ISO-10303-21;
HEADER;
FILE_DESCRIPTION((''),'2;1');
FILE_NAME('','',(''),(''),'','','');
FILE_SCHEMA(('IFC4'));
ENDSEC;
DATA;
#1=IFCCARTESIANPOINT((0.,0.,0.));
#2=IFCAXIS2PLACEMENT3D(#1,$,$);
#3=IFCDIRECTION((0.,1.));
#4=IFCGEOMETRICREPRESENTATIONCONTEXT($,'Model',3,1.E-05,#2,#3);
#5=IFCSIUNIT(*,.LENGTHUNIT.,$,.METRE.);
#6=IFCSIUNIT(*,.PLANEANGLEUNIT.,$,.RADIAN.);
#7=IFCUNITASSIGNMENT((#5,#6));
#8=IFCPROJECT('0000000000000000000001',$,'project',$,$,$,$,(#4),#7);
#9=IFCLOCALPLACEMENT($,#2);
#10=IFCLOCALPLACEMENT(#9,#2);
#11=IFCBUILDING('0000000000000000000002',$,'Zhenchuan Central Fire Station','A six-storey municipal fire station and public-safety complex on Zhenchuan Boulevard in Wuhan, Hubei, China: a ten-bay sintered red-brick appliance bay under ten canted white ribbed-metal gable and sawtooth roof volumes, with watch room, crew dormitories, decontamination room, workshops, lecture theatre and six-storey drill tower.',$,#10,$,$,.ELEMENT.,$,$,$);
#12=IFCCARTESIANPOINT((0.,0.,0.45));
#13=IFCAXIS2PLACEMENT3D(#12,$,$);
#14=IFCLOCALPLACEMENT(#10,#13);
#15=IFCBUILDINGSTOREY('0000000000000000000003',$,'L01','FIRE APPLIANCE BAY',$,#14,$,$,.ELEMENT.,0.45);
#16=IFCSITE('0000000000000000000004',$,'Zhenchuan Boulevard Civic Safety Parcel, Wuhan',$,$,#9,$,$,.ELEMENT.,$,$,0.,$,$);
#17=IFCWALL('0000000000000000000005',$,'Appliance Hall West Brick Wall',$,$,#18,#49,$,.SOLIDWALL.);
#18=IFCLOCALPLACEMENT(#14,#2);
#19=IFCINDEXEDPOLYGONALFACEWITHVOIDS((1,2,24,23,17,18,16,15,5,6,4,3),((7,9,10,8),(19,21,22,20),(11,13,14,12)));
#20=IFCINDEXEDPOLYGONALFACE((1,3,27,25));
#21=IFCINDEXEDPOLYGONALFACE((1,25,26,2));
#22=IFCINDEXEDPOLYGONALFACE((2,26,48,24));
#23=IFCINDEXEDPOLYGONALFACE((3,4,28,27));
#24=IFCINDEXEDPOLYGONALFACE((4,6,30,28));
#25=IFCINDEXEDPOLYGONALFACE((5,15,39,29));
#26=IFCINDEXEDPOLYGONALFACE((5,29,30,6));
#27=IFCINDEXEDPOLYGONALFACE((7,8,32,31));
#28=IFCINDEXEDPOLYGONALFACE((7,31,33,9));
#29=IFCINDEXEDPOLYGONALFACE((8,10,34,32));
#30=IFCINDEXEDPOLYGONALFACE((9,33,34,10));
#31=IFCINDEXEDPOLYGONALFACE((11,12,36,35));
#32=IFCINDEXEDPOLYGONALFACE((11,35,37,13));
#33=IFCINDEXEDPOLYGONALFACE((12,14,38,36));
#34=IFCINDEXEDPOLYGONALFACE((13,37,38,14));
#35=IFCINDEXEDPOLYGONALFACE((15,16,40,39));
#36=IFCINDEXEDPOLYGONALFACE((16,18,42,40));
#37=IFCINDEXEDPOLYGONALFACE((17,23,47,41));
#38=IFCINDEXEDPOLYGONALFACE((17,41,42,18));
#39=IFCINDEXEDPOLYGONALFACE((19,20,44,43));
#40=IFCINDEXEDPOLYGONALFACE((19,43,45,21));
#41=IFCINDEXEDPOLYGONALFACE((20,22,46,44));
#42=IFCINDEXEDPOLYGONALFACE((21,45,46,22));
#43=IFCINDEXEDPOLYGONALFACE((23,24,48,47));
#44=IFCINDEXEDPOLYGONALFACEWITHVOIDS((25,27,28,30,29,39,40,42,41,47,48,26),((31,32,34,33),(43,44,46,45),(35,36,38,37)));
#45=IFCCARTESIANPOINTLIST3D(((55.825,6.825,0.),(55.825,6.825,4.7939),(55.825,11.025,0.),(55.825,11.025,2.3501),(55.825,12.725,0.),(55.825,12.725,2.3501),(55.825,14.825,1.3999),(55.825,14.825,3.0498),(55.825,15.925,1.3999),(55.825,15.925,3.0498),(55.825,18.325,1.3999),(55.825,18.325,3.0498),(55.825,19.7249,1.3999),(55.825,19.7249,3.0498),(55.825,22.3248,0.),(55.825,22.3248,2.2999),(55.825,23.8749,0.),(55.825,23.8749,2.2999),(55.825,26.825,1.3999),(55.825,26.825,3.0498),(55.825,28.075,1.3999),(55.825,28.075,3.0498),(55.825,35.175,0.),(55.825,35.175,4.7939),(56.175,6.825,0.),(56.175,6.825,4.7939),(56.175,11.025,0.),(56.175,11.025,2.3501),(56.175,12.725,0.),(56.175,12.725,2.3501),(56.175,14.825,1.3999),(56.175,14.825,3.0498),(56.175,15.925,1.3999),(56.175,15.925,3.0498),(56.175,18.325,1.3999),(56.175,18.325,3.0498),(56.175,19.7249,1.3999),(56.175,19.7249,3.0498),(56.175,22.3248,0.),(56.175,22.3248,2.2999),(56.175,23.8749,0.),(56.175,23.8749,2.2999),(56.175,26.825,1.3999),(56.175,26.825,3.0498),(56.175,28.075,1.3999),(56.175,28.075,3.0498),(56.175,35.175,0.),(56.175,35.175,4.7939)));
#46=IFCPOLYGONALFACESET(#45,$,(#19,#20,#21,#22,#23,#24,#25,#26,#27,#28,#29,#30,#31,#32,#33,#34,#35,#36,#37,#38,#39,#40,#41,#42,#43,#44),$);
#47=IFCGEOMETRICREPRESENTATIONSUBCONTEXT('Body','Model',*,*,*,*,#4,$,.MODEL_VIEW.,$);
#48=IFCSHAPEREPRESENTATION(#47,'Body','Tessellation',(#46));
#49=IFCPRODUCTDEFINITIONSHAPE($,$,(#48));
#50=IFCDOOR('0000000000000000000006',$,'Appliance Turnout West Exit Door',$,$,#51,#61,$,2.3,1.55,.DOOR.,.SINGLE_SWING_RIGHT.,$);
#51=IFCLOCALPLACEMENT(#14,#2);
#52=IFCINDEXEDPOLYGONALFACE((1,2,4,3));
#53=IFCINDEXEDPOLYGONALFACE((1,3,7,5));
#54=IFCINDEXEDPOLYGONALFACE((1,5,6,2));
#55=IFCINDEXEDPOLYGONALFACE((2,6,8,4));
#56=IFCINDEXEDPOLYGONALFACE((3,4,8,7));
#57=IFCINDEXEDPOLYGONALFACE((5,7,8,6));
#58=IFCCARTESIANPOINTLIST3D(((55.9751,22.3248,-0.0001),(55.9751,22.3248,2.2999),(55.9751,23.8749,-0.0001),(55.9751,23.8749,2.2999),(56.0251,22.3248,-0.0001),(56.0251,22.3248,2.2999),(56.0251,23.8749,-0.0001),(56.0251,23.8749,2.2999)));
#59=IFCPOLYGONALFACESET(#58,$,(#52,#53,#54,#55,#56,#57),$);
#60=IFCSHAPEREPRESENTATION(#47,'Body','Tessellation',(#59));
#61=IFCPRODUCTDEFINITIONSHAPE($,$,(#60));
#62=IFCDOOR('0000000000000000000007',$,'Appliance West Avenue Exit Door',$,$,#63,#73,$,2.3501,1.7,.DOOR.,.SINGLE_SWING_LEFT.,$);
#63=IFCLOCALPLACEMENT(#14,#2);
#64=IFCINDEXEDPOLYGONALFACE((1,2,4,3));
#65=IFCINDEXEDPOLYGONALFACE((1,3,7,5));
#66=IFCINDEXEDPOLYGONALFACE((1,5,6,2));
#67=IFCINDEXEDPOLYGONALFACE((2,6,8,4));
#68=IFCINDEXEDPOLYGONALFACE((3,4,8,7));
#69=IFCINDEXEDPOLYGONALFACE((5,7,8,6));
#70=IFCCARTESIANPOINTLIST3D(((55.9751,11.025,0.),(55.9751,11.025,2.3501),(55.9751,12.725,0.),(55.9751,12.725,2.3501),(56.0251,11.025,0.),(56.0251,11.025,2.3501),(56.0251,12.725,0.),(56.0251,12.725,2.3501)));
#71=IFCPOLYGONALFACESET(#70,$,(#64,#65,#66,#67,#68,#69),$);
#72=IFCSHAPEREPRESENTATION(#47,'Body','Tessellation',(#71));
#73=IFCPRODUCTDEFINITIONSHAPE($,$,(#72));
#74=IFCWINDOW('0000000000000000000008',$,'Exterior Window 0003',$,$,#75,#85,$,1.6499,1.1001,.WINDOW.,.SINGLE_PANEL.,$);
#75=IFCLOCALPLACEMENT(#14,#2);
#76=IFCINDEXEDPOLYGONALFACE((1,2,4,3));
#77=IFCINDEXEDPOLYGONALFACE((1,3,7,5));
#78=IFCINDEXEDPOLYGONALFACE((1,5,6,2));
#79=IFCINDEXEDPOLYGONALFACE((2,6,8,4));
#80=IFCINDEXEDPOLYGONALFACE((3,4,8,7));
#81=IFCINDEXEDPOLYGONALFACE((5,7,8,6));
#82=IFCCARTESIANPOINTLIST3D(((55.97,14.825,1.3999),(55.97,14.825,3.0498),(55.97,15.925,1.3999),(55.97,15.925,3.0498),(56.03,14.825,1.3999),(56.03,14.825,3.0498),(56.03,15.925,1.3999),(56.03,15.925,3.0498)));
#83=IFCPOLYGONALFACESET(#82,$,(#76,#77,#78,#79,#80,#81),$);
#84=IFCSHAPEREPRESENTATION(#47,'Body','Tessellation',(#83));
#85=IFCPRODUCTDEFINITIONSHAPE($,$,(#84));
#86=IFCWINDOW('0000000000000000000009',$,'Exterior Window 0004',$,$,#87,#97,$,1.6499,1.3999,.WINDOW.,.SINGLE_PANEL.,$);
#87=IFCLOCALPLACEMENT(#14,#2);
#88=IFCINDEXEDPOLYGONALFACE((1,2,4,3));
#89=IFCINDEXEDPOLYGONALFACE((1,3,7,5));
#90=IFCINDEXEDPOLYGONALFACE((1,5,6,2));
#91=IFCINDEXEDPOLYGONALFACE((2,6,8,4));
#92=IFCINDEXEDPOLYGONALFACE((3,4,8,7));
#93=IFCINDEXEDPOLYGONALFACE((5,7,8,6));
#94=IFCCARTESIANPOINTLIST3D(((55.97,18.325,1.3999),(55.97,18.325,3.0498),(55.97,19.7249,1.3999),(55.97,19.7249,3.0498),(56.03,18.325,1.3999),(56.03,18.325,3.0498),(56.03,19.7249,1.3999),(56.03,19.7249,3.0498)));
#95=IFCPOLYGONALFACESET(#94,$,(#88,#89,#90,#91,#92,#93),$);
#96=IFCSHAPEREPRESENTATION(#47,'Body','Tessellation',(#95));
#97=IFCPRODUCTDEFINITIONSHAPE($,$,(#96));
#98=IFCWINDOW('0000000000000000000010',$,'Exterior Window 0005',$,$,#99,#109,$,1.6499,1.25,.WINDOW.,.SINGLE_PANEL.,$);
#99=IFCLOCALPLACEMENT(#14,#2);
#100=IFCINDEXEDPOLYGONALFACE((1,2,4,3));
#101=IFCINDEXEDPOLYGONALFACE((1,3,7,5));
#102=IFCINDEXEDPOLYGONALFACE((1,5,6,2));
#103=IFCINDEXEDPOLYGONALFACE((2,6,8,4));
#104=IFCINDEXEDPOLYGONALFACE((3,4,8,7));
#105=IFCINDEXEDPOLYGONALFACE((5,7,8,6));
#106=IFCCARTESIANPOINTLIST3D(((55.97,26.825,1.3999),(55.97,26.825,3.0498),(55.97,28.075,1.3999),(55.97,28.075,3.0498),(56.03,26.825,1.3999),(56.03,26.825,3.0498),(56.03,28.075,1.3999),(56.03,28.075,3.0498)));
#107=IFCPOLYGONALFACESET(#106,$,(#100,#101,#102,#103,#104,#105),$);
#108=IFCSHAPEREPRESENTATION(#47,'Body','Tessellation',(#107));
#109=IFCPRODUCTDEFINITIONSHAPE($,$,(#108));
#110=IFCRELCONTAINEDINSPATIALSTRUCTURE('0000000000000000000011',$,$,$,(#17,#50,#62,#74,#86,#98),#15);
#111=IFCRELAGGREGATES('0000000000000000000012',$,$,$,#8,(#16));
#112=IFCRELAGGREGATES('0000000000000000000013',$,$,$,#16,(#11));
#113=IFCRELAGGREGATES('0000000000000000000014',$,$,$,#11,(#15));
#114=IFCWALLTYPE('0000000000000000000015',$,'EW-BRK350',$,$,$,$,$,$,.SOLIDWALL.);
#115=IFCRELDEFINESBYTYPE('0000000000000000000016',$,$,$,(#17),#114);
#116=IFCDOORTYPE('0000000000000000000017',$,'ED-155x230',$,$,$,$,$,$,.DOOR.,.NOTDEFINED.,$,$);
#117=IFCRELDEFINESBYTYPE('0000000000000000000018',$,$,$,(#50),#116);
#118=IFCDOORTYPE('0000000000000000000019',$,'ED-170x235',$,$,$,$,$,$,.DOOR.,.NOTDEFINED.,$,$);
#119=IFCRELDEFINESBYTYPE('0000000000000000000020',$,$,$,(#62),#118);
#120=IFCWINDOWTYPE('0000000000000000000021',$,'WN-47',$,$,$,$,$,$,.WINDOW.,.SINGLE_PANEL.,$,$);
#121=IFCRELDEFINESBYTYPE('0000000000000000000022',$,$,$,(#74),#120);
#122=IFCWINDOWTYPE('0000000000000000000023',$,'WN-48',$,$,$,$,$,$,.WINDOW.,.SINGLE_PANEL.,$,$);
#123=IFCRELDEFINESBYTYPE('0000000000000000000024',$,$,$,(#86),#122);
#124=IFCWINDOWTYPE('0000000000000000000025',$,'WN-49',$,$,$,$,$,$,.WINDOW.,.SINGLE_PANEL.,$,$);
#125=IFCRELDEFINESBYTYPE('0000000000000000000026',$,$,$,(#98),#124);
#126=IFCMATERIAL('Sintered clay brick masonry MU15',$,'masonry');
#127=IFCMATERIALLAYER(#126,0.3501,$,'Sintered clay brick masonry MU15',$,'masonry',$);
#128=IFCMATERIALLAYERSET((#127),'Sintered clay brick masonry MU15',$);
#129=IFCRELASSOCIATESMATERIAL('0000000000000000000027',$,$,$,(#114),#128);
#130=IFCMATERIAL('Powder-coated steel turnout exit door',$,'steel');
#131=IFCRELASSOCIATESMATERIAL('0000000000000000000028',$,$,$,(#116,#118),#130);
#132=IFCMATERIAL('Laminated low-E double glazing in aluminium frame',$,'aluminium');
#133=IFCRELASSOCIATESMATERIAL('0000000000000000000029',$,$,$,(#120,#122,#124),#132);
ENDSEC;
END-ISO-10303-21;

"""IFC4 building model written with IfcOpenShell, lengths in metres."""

from ifc_helpers import new_model, si_unit, direction, frame, frame_2d, origin, place, context, subcontext, project, spatial, rectangle, extrude, material, layer, layer_set, type_object, element, fill, save


model = new_model("IFC4")

# Units and contexts
model_context = context("Model", 3, precision=1e-05, world=origin(), true_north=direction((0.0, 1.0)))
body_context = subcontext(model_context, "Body", "Model", "MODEL_VIEW")
ifc_project = project(units=[si_unit("LENGTHUNIT", "METRE"), si_unit("PLANEANGLEUNIT", "RADIAN")], contexts=[model_context])

# Site, building, storey
site_placement = place(None, origin())
site = spatial("IfcSite", under=ifc_project, at=site_placement, Name="Zhenchuan Boulevard Civic Safety Parcel, Wuhan", CompositionType="ELEMENT", RefElevation=0.0)
building_placement = place(site_placement, origin())
building = spatial("IfcBuilding", under=site, at=building_placement, Name="Zhenchuan Central Fire Station", Description="A six-storey municipal fire station and public-safety complex on Zhenchuan Boulevard in Wuhan, Hubei, China: a ten-bay sintered red-brick appliance bay under ten canted white ribbed-metal gable and sawtooth roof volumes, with watch room, crew dormitories, decontamination room, workshops, lecture theatre and six-storey drill tower.", CompositionType="ELEMENT")
storey_placement = place(building_placement, frame((0.0, 0.0, 0.45)))
storey = spatial("IfcBuildingStorey", under=building, at=storey_placement, Name="L01", Description="FIRE APPLIANCE BAY", CompositionType="ELEMENT", Elevation=0.45)

# Wall, openings, doors, windows
ifc_material_1 = material(Name="Sintered clay brick masonry MU15", Category="masonry")
ifc_layer = layer(ifc_material_1, 0.3501, Name="Sintered clay brick masonry MU15", Category="masonry")
ifc_layer_set = layer_set([ifc_layer], Name="Sintered clay brick masonry MU15")
wall_type = type_object("IfcWallType", Name="EW-BRK350", PredefinedType="SOLIDWALL", material=ifc_layer_set)
wall_placement = place(storey_placement, frame((56.0, 6.825, 0.0), z_axis=(0.0, 0.0, 1.0), x_axis=(0.0, 1.0, 0.0)))
wall = element("IfcWall", 1, at=wall_placement, inside=storey, type_object=wall_type, Name="Appliance Hall West Brick Wall", PredefinedType="SOLIDWALL", context=body_context, shape_type="SweptSolid", body=[
    extrude(rectangle(XDim=28.3501, YDim=0.3501, at=frame_2d((14.175, 0.0))), origin(), (0.0, 0.0, 1.0), 4.7939),
])
opening_1_placement = place(wall_placement, frame((4.2, 0.0, 0.0)))
opening_1 = element("IfcOpeningElement", 2, at=opening_1_placement, cuts=wall, PredefinedType="OPENING", context=body_context, shape_type="SweptSolid", body=[
    extrude(rectangle(XDim=1.7, YDim=2.3501, at=frame_2d((0.8501, 1.175))), frame((0.0, 0.1851, 0.0), z_axis=(0.0, -1.0, 0.0), x_axis=(1.0, 0.0, 0.0)), (0.0, 0.0, 1.0), 0.3701),
])
opening_2_placement = place(wall_placement, frame((15.5, 0.0, 0.0)))
opening_2 = element("IfcOpeningElement", 3, at=opening_2_placement, cuts=wall, PredefinedType="OPENING", context=body_context, shape_type="SweptSolid", body=[
    extrude(rectangle(XDim=1.55, YDim=2.3, at=frame_2d((0.7749, 1.1499))), frame((0.0, 0.1851, 0.0), z_axis=(0.0, -1.0, 0.0), x_axis=(1.0, 0.0, 0.0)), (0.0, 0.0, 1.0), 0.3701),
])
opening_3_placement = place(wall_placement, frame((8.0, 0.0, 1.3999)))
opening_3 = element("IfcOpeningElement", 4, at=opening_3_placement, cuts=wall, PredefinedType="OPENING", context=body_context, shape_type="SweptSolid", body=[
    extrude(rectangle(XDim=1.1001, YDim=1.6499, at=frame_2d((0.55, 0.825))), frame((0.0, 0.1851, 0.0), z_axis=(0.0, -1.0, 0.0), x_axis=(1.0, 0.0, 0.0)), (0.0, 0.0, 1.0), 0.3701),
])
opening_4_placement = place(wall_placement, frame((11.5, 0.0, 1.3999)))
opening_4 = element("IfcOpeningElement", 5, at=opening_4_placement, cuts=wall, PredefinedType="OPENING", context=body_context, shape_type="SweptSolid", body=[
    extrude(rectangle(XDim=1.3999, YDim=1.6499, at=frame_2d((0.7, 0.825))), frame((0.0, 0.1851, 0.0), z_axis=(0.0, -1.0, 0.0), x_axis=(1.0, 0.0, 0.0)), (0.0, 0.0, 1.0), 0.3701),
])
opening_5_placement = place(wall_placement, frame((20.0, 0.0, 1.3999)))
opening_5 = element("IfcOpeningElement", 6, at=opening_5_placement, cuts=wall, PredefinedType="OPENING", context=body_context, shape_type="SweptSolid", body=[
    extrude(rectangle(XDim=1.25, YDim=1.6499, at=frame_2d((0.625, 0.825))), frame((0.0, 0.1851, 0.0), z_axis=(0.0, -1.0, 0.0), x_axis=(1.0, 0.0, 0.0)), (0.0, 0.0, 1.0), 0.3701),
])
ifc_material_2 = material(Name="Powder-coated steel turnout exit door", Category="steel")
door_type_1 = type_object("IfcDoorType", Name="ED-155x230", OperationType="NOTDEFINED", PredefinedType="DOOR", material=ifc_material_2)
door_1_placement = place(opening_2_placement, origin())
door_1 = element("IfcDoor", 7, at=door_1_placement, inside=storey, type_object=door_type_1, Name="Appliance Turnout West Exit Door", OperationType="SINGLE_SWING_RIGHT", OverallHeight=2.3, OverallWidth=1.55, PredefinedType="DOOR", context=body_context, shape_type="SweptSolid", body=[
    extrude(rectangle(XDim=1.55, YDim=2.3, at=frame_2d((0.7749, 1.1499))), frame((0.0, 0.0249, 0.0), z_axis=(0.0, -1.0, 0.0), x_axis=(1.0, 0.0, 0.0)), (0.0, 0.0, 1.0), 0.05),
])
fill(opening_2, door_1)
door_type_2 = type_object("IfcDoorType", Name="ED-170x235", OperationType="NOTDEFINED", PredefinedType="DOOR", material=ifc_material_2)
door_2_placement = place(opening_1_placement, origin())
door_2 = element("IfcDoor", 8, at=door_2_placement, inside=storey, type_object=door_type_2, Name="Appliance West Avenue Exit Door", OperationType="SINGLE_SWING_LEFT", OverallHeight=2.3501, OverallWidth=1.7, PredefinedType="DOOR", context=body_context, shape_type="SweptSolid", body=[
    extrude(rectangle(XDim=1.7, YDim=2.3501, at=frame_2d((0.8501, 1.175))), frame((0.0, 0.0249, 0.0), z_axis=(0.0, -1.0, 0.0), x_axis=(1.0, 0.0, 0.0)), (0.0, 0.0, 1.0), 0.05),
])
fill(opening_1, door_2)
ifc_material_3 = material(Name="Laminated low-E double glazing in aluminium frame", Category="aluminium")
window_type_1 = type_object("IfcWindowType", Name="WN-47", PartitioningType="SINGLE_PANEL", PredefinedType="WINDOW", material=ifc_material_3)
window_1_placement = place(opening_3_placement, origin())
window_1 = element("IfcWindow", 9, at=window_1_placement, inside=storey, type_object=window_type_1, Name="Exterior Window 0003", OverallHeight=1.6499, OverallWidth=1.1001, PartitioningType="SINGLE_PANEL", PredefinedType="WINDOW", context=body_context, shape_type="SweptSolid", body=[
    extrude(rectangle(XDim=1.1001, YDim=1.6499, at=frame_2d((0.55, 0.825))), frame((0.0, 0.03, 0.0), z_axis=(0.0, -1.0, 0.0), x_axis=(1.0, 0.0, 0.0)), (0.0, 0.0, 1.0), 0.0601),
])
fill(opening_3, window_1)
window_type_2 = type_object("IfcWindowType", Name="WN-48", PartitioningType="SINGLE_PANEL", PredefinedType="WINDOW", material=ifc_material_3)
window_2_placement = place(opening_4_placement, origin())
window_2 = element("IfcWindow", 10, at=window_2_placement, inside=storey, type_object=window_type_2, Name="Exterior Window 0004", OverallHeight=1.6499, OverallWidth=1.3999, PartitioningType="SINGLE_PANEL", PredefinedType="WINDOW", context=body_context, shape_type="SweptSolid", body=[
    extrude(rectangle(XDim=1.3999, YDim=1.6499, at=frame_2d((0.7, 0.825))), frame((0.0, 0.03, 0.0), z_axis=(0.0, -1.0, 0.0), x_axis=(1.0, 0.0, 0.0)), (0.0, 0.0, 1.0), 0.0601),
])
fill(opening_4, window_2)
window_type_3 = type_object("IfcWindowType", Name="WN-49", PartitioningType="SINGLE_PANEL", PredefinedType="WINDOW", material=ifc_material_3)
window_3_placement = place(opening_5_placement, origin())
window_3 = element("IfcWindow", 11, at=window_3_placement, inside=storey, type_object=window_type_3, Name="Exterior Window 0005", OverallHeight=1.6499, OverallWidth=1.25, PartitioningType="SINGLE_PANEL", PredefinedType="WINDOW", context=body_context, shape_type="SweptSolid", body=[
    extrude(rectangle(XDim=1.25, YDim=1.6499, at=frame_2d((0.625, 0.825))), frame((0.0, 0.03, 0.0), z_axis=(0.0, -1.0, 0.0), x_axis=(1.0, 0.0, 0.0)), (0.0, 0.0, 1.0), 0.0601),
])
fill(opening_5, window_3)

save(model, "model.ifc")
